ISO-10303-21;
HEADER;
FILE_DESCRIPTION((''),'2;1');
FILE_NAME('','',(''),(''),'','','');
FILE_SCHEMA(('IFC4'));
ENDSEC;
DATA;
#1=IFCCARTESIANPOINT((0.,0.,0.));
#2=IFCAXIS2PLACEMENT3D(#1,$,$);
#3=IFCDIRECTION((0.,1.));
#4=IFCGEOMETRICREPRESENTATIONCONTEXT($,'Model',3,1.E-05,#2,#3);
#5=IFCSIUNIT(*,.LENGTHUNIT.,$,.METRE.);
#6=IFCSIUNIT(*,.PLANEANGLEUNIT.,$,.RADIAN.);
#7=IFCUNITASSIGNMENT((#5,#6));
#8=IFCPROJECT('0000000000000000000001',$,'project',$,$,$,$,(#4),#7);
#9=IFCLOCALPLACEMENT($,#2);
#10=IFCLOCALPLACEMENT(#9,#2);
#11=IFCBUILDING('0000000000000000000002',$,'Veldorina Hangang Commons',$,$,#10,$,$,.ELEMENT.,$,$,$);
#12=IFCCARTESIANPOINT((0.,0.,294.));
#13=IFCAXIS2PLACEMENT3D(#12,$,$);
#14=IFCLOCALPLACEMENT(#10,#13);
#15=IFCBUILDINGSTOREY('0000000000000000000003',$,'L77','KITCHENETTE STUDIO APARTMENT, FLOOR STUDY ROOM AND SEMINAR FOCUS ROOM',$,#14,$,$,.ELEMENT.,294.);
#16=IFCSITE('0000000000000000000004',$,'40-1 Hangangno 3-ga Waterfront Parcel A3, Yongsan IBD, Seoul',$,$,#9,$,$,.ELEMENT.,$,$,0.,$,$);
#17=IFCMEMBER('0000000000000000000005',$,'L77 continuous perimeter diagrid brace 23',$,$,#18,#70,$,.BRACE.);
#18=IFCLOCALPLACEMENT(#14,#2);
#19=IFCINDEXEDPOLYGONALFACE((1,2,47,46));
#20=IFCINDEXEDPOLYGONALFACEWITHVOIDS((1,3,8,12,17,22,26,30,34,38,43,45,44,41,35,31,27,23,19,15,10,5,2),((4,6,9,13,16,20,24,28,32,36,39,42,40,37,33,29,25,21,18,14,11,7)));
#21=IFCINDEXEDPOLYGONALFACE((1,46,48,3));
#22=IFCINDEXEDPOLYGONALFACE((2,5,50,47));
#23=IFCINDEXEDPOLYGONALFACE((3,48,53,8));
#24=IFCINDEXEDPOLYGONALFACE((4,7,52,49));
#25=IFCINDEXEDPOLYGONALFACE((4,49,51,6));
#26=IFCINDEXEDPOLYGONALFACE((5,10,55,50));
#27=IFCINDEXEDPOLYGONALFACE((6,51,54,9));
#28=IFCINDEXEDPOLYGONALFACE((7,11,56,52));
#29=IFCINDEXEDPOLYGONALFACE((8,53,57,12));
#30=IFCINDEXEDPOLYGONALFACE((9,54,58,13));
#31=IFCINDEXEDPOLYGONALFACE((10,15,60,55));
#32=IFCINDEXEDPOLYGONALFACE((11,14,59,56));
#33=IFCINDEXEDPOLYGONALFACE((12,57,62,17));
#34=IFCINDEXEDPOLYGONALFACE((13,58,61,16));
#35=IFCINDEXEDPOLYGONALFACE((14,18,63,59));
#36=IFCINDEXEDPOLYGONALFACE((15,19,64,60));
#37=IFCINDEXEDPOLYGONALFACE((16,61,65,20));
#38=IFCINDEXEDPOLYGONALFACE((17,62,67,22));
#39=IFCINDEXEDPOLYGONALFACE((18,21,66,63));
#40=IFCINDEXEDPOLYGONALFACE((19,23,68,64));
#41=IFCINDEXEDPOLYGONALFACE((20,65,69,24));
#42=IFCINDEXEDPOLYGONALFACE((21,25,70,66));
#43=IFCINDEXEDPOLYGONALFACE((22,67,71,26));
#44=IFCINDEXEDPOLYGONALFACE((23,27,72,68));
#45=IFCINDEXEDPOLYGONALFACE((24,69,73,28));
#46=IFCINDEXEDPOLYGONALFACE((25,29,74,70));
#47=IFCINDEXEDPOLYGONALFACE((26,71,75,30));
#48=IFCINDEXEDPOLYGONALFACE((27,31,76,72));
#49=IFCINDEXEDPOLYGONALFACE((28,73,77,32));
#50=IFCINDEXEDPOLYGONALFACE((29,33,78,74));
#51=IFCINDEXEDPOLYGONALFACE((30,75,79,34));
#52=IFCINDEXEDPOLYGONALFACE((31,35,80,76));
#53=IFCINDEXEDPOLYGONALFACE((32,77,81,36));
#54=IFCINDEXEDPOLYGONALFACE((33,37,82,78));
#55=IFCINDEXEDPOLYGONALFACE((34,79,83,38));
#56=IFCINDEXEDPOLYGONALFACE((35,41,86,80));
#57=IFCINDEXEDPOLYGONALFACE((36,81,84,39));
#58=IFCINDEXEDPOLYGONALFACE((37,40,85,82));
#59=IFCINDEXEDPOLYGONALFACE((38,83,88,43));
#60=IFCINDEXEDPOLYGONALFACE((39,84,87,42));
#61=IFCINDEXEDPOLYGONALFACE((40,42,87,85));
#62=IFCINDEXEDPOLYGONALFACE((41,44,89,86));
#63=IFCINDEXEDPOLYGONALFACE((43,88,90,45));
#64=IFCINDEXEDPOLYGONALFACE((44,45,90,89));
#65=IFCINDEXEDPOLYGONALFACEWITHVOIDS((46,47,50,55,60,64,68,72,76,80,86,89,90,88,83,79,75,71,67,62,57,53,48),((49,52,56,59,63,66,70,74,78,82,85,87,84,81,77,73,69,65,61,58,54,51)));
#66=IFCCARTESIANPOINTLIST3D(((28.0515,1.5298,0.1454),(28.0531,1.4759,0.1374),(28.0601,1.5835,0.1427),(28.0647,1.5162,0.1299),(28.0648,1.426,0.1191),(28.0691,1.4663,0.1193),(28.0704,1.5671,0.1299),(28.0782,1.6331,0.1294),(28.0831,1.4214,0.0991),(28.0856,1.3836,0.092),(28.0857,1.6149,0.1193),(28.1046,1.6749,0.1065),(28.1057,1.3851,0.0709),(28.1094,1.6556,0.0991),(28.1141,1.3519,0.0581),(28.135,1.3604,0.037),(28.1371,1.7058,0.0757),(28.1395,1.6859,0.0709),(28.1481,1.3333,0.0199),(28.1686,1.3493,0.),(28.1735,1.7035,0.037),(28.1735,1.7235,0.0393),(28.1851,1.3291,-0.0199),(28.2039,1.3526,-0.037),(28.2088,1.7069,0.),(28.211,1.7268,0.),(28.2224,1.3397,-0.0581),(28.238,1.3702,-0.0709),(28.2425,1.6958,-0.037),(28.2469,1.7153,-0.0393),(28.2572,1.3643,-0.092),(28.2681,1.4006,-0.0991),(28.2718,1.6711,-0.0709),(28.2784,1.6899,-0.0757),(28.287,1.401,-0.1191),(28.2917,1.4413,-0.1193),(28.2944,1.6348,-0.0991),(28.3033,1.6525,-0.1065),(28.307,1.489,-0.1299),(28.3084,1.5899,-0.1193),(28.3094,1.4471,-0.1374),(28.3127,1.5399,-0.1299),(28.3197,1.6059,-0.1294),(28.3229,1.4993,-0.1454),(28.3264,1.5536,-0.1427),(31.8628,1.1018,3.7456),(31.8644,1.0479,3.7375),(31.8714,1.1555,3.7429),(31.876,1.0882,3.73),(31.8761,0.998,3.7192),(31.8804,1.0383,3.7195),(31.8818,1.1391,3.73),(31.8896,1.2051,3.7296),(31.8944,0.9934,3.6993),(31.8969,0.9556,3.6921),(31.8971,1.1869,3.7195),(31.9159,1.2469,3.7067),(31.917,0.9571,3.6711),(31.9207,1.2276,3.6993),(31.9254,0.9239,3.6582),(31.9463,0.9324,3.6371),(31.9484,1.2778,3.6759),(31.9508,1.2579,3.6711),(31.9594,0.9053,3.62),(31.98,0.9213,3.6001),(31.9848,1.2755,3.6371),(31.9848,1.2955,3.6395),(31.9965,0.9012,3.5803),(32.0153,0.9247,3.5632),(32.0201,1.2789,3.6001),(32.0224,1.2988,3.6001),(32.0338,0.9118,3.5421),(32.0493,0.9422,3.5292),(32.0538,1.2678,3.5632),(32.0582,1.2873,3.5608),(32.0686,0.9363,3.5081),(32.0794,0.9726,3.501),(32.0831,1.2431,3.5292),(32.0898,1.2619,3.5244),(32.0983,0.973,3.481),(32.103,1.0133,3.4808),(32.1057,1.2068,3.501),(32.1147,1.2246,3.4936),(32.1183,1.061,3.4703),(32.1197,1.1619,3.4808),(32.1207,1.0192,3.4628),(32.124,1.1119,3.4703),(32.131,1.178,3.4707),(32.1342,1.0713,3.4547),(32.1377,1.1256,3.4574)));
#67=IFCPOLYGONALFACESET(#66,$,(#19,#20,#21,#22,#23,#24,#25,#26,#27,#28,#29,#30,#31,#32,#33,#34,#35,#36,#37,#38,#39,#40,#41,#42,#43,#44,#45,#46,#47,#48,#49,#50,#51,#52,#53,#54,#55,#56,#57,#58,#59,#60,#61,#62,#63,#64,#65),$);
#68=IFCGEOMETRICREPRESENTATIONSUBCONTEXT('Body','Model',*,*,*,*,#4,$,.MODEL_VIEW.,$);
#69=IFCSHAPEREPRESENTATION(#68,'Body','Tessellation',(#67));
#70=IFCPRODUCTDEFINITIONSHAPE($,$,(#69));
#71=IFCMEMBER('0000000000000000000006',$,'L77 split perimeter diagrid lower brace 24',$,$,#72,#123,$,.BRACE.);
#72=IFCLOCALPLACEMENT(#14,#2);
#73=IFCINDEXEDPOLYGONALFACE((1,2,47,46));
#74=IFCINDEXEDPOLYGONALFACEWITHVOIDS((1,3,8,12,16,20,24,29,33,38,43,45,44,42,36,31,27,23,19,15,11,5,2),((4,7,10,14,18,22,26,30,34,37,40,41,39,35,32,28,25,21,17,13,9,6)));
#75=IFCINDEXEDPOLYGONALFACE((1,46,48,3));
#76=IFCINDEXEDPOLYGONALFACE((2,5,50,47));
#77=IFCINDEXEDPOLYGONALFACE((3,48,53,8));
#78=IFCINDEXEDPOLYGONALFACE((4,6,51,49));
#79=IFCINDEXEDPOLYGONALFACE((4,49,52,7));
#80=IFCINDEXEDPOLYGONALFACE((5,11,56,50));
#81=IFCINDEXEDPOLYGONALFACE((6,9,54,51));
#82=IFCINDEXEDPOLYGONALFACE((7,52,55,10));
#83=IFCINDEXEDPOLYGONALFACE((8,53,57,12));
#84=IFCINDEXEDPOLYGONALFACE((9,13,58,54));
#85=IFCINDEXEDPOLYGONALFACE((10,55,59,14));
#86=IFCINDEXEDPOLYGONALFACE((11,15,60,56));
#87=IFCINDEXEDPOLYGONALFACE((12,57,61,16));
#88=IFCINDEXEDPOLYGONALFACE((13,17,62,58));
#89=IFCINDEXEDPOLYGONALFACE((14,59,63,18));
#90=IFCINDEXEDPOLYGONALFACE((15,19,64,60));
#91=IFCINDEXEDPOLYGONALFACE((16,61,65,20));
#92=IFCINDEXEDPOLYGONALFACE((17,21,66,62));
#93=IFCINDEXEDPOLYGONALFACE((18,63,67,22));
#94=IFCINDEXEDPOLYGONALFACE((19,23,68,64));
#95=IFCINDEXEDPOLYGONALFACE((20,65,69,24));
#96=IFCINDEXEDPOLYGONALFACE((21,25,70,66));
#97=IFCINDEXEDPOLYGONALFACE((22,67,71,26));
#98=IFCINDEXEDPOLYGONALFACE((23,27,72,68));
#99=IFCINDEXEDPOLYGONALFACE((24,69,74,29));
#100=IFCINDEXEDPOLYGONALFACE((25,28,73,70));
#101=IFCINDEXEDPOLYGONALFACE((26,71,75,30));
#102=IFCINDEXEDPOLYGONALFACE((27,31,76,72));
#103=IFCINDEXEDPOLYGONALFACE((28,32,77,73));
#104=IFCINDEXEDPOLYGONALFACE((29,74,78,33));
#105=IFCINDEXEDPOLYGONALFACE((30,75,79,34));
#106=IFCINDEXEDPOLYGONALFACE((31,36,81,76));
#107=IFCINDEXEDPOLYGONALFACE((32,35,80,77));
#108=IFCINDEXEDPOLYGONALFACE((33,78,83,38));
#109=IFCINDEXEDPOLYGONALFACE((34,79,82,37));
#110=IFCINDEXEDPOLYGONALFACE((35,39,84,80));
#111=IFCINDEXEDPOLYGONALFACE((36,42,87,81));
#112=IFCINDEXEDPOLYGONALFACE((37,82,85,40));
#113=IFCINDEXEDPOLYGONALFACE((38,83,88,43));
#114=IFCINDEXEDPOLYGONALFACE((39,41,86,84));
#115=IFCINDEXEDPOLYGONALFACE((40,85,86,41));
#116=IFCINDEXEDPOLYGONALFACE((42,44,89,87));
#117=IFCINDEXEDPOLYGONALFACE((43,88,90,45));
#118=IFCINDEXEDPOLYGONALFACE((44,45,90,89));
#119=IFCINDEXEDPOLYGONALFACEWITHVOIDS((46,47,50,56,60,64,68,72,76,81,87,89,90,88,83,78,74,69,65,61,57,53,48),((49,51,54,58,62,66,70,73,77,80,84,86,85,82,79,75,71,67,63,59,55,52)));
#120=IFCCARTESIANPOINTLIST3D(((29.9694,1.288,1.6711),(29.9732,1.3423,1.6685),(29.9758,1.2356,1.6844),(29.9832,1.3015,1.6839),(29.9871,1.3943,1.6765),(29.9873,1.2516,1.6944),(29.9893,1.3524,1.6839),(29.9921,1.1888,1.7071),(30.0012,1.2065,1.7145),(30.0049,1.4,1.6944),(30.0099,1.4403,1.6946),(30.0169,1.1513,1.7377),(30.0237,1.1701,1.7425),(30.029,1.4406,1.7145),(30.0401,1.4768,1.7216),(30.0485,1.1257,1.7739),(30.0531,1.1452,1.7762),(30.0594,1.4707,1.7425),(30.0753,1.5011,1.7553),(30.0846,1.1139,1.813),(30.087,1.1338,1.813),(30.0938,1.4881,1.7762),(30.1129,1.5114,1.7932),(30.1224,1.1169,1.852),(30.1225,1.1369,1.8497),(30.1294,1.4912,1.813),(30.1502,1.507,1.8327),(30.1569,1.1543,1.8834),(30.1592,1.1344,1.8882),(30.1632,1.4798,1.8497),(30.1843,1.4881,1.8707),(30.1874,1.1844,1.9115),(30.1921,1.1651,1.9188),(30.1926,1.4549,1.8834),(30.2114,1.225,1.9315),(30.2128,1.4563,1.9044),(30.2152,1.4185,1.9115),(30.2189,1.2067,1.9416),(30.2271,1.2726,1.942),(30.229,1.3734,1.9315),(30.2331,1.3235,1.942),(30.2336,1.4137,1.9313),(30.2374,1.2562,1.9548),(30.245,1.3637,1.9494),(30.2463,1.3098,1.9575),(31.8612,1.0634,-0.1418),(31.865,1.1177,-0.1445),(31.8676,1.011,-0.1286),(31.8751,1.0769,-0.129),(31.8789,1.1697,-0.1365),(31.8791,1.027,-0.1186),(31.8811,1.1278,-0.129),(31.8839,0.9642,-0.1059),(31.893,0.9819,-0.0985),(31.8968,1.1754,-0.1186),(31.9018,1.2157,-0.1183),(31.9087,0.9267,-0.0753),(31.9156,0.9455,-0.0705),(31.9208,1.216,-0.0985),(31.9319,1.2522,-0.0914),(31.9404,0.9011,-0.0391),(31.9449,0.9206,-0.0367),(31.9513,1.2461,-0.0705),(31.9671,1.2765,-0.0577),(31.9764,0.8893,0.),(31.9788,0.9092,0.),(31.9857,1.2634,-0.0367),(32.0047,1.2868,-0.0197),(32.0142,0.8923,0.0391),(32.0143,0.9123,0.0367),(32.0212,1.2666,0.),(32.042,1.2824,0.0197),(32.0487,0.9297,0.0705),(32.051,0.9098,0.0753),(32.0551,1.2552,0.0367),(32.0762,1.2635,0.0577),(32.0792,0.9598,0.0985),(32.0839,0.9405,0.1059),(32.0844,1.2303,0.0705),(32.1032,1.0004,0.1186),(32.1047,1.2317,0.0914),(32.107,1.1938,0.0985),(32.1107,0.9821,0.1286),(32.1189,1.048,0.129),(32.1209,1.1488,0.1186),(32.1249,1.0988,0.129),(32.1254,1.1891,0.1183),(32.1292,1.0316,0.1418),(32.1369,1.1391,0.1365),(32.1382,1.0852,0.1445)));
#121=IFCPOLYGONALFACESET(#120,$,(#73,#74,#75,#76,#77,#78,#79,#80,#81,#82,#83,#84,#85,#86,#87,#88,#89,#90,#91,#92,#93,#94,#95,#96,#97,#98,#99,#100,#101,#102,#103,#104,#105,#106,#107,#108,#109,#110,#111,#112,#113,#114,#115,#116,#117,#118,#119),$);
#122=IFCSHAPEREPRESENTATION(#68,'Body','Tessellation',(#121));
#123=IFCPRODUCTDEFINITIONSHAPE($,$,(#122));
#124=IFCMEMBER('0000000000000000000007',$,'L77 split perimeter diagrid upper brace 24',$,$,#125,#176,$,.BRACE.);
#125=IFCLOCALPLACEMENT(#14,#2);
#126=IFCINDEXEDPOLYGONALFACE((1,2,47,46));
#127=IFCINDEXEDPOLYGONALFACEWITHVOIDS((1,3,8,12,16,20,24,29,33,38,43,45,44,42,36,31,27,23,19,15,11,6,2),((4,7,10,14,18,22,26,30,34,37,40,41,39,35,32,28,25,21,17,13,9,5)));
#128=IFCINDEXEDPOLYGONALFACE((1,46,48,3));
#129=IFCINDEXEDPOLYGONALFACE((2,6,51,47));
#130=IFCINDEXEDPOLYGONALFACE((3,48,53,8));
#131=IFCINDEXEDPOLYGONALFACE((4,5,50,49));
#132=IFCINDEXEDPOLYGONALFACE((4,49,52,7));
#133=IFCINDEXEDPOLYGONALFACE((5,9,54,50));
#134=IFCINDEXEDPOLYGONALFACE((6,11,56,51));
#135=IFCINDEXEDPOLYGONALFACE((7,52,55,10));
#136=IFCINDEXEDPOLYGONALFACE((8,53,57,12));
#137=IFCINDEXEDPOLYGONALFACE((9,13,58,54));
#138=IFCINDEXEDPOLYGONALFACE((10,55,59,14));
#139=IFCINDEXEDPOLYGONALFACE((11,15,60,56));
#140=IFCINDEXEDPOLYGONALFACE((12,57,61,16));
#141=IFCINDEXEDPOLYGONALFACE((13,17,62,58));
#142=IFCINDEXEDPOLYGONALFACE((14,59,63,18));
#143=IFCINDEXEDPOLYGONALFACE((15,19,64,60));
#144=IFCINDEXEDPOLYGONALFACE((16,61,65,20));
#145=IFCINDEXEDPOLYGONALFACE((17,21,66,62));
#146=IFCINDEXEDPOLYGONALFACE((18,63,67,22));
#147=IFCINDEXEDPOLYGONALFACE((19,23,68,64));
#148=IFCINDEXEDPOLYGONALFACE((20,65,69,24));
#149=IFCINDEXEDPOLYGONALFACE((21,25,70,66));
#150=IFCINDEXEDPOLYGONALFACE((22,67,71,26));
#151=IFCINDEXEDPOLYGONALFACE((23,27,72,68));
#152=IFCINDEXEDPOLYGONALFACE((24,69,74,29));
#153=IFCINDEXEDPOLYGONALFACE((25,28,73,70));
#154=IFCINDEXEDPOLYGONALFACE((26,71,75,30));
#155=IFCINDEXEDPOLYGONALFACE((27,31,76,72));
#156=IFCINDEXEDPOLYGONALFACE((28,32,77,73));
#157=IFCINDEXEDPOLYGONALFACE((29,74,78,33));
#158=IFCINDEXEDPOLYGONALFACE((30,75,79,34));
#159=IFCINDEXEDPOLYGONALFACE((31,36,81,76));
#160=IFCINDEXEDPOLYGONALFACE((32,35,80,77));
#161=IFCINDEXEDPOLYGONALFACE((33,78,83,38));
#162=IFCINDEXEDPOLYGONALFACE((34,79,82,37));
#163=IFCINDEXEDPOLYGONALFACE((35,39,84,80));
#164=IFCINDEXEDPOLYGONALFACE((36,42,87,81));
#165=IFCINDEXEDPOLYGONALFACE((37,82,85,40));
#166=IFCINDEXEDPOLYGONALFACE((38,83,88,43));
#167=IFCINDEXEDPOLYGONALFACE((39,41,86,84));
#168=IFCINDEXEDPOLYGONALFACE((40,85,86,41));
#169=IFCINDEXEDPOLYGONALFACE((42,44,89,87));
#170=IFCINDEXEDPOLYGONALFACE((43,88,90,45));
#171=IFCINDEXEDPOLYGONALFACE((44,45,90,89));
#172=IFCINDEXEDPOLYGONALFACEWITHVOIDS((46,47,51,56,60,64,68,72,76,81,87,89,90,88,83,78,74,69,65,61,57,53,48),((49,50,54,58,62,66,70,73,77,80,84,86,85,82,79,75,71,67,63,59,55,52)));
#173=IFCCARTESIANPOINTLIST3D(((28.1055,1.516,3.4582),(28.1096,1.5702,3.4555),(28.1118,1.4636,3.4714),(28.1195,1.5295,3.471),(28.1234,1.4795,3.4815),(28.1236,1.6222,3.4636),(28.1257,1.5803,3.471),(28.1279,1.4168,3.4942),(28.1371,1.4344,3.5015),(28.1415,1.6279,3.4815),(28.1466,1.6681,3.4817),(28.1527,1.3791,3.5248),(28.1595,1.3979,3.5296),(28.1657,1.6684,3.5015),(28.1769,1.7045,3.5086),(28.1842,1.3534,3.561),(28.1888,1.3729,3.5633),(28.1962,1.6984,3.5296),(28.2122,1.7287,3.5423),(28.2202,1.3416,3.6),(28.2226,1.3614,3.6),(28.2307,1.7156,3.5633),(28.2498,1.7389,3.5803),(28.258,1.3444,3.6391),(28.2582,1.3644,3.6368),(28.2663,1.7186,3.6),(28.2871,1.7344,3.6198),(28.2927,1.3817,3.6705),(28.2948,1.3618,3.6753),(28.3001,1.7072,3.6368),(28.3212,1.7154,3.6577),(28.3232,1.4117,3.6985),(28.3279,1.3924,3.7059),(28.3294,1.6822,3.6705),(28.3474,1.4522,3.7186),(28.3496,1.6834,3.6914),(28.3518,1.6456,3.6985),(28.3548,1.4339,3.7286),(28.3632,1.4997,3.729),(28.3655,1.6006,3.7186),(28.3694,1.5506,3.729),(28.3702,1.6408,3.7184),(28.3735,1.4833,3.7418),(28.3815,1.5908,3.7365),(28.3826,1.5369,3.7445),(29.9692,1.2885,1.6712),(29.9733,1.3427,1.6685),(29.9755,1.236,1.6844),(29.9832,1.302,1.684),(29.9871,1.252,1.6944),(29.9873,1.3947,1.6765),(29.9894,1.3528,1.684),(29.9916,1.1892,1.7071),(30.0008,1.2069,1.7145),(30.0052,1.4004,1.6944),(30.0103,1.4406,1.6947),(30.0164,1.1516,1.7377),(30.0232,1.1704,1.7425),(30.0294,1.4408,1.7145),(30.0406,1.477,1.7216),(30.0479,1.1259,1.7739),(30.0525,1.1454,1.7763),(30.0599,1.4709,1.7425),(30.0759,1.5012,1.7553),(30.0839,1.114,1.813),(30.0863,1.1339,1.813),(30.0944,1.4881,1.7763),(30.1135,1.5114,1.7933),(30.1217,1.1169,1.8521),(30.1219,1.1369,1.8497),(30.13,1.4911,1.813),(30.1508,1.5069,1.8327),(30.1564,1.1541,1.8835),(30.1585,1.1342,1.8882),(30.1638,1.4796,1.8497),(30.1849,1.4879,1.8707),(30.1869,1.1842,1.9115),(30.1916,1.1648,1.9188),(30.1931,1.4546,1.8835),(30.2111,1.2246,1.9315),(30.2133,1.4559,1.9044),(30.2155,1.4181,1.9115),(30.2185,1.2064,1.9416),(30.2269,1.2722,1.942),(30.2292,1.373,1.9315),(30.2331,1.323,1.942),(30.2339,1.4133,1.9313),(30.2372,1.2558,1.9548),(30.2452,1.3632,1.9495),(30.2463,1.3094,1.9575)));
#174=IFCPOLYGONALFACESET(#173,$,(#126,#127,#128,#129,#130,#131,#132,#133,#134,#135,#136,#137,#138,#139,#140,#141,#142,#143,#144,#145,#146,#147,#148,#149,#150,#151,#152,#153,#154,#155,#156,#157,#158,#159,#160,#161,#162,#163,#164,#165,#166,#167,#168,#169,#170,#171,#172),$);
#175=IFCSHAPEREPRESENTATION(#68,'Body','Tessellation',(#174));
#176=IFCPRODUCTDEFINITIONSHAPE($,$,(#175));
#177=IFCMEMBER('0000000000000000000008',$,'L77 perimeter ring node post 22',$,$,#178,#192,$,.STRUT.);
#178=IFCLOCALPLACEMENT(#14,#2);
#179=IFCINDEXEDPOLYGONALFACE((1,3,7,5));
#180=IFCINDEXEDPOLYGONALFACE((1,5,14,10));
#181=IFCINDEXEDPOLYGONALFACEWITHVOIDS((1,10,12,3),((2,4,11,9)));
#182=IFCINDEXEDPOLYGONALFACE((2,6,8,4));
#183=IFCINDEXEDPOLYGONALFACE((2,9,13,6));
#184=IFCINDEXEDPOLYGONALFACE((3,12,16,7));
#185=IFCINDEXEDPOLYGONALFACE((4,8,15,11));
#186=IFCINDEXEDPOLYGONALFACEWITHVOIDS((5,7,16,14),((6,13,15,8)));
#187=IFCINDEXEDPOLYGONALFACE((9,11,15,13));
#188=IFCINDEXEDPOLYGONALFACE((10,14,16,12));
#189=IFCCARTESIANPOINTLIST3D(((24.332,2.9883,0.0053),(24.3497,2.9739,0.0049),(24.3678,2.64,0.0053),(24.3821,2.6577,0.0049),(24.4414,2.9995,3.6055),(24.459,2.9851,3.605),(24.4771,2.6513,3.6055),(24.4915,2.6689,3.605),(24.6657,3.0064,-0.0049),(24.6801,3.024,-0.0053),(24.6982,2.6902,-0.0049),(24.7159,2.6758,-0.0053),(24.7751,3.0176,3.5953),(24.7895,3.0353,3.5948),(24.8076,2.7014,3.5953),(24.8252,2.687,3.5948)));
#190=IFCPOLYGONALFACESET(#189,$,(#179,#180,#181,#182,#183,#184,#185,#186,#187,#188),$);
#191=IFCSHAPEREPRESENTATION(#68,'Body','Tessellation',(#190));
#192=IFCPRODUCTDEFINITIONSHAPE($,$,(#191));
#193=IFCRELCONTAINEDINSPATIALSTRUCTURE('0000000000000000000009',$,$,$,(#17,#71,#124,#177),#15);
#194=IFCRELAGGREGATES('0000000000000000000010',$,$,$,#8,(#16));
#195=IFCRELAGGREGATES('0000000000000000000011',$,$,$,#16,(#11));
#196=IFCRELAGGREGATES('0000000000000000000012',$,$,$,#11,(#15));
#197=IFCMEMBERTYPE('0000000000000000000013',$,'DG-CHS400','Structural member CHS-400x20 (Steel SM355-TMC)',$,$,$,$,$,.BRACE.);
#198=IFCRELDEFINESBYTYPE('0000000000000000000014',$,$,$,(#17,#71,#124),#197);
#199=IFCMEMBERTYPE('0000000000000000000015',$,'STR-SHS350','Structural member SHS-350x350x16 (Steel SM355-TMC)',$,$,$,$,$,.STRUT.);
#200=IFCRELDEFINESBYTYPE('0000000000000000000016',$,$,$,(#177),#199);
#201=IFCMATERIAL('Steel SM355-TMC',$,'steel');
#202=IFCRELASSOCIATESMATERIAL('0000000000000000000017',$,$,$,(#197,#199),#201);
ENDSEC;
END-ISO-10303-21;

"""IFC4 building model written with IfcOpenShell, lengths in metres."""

from ifc_helpers import new_model, si_unit, direction, frame, origin, origin_2d, place, context, subcontext, project, spatial, hollow_rectangle, hollow_circle, extrude, material, material_profile, profile_set, type_object, element, save


model = new_model("IFC4")

# Units and contexts
model_context = context("Model", 3, precision=1e-05, world=origin(), true_north=direction((0.0, 1.0)))
body_context = subcontext(model_context, "Body", "Model", "MODEL_VIEW")
ifc_project = project(units=[si_unit("LENGTHUNIT", "METRE"), si_unit("PLANEANGLEUNIT", "RADIAN")], contexts=[model_context])

# Site, building, storey
site_placement = place(None, origin())
site = spatial("IfcSite", under=ifc_project, at=site_placement, Name="40-1 Hangangno 3-ga Waterfront Parcel A3, Yongsan IBD, Seoul", CompositionType="ELEMENT", RefElevation=0.0)
building_placement = place(site_placement, origin())
building = spatial("IfcBuilding", under=site, at=building_placement, Name="Veldorina Hangang Commons", CompositionType="ELEMENT")
storey_placement = place(building_placement, frame((0.0, 0.0, 294.0)))
storey = spatial("IfcBuildingStorey", under=building, at=storey_placement, Name="L77", Description="KITCHENETTE STUDIO APARTMENT, FLOOR STUDY ROOM AND SEMINAR FOCUS ROOM", CompositionType="ELEMENT", Elevation=294.0)

# Shared definitions
ifc_material_1 = material(Name="Steel SM355-TMC", Category="steel")

# Members
ifc_material_profile_1 = material_profile(ifc_material_1, hollow_circle(Radius=0.2, WallThickness=0.02, at=origin_2d()), Name="CHS-400x20")
ifc_profile_set_1 = profile_set([ifc_material_profile_1], Name="Steel SM355-TMC")
member_type_1 = type_object("IfcMemberType", Name="DG-CHS400", Description="Structural member CHS-400x20 (Steel SM355-TMC)", PredefinedType="BRACE", material=ifc_profile_set_1)
member_1_placement = place(storey_placement, frame((28.1887, 1.5281, 0.0), z_axis=(0.72455, -0.081362, 0.684403), x_axis=(0.111591, 0.993754, 0.0)))
element("IfcMember", 1, at=member_1_placement, inside=storey, type_object=member_type_1, Name="L77 continuous perimeter diagrid brace 23", PredefinedType="BRACE", context=body_context, shape_type="SweptSolid", body=[
    extrude(hollow_circle(Radius=0.2, WallThickness=0.02, at=origin_2d()), origin(), (0.0, 0.0, 1.0), 5.2603),
])
member_2_placement = place(storey_placement, frame((32.0, 1.0879, 0.0), z_axis=(-0.719356, 0.085406, 0.689371), x_axis=(-0.117897, -0.993026, 0.0)))
element("IfcMember", 2, at=member_2_placement, inside=storey, type_object=member_type_1, Name="L77 split perimeter diagrid lower brace 24", PredefinedType="BRACE", context=body_context, shape_type="SweptSolid", body=[
    extrude(hollow_circle(Radius=0.2, WallThickness=0.02, at=origin_2d()), origin(), (0.0, 0.0, 1.0), 2.6299),
])
member_3_placement = place(storey_placement, frame((30.1082, 1.3125, 1.813), z_axis=(-0.719009, 0.087781, 0.689435), x_axis=(-0.121186, -0.99263, 0.0)))
element("IfcMember", 3, at=member_3_placement, inside=storey, type_object=member_type_1, Name="L77 split perimeter diagrid upper brace 24", PredefinedType="BRACE", context=body_context, shape_type="SweptSolid", body=[
    extrude(hollow_circle(Radius=0.2, WallThickness=0.02, at=origin_2d()), origin(), (0.0, 0.0, 1.0), 2.592),
])
ifc_material_profile_2 = material_profile(ifc_material_1, hollow_rectangle(XDim=0.3501, YDim=0.3501, WallThickness=0.0161, at=origin_2d()), Name="SHS-350x350x16")
ifc_profile_set_2 = profile_set([ifc_material_profile_2], Name="Steel SM355-TMC")
member_type_2 = type_object("IfcMemberType", Name="STR-SHS350", Description="Structural member SHS-350x350x16 (Steel SM355-TMC)", PredefinedType="STRUT", material=ifc_profile_set_2)
member_4_placement = place(storey_placement, frame((24.5239, 2.832, 0.0), z_axis=(0.030367, 0.003118, 0.999534), x_axis=(-0.102142, 0.99477, 0.0)))
element("IfcMember", 4, at=member_4_placement, inside=storey, type_object=member_type_2, Name="L77 perimeter ring node post 22", PredefinedType="STRUT", context=body_context, shape_type="SweptSolid", body=[
    extrude(hollow_rectangle(XDim=0.3501, YDim=0.3501, WallThickness=0.0161, at=origin_2d()), origin(), (0.0, 0.0, 1.0), 3.6018),
])

save(model, "model.ifc")
